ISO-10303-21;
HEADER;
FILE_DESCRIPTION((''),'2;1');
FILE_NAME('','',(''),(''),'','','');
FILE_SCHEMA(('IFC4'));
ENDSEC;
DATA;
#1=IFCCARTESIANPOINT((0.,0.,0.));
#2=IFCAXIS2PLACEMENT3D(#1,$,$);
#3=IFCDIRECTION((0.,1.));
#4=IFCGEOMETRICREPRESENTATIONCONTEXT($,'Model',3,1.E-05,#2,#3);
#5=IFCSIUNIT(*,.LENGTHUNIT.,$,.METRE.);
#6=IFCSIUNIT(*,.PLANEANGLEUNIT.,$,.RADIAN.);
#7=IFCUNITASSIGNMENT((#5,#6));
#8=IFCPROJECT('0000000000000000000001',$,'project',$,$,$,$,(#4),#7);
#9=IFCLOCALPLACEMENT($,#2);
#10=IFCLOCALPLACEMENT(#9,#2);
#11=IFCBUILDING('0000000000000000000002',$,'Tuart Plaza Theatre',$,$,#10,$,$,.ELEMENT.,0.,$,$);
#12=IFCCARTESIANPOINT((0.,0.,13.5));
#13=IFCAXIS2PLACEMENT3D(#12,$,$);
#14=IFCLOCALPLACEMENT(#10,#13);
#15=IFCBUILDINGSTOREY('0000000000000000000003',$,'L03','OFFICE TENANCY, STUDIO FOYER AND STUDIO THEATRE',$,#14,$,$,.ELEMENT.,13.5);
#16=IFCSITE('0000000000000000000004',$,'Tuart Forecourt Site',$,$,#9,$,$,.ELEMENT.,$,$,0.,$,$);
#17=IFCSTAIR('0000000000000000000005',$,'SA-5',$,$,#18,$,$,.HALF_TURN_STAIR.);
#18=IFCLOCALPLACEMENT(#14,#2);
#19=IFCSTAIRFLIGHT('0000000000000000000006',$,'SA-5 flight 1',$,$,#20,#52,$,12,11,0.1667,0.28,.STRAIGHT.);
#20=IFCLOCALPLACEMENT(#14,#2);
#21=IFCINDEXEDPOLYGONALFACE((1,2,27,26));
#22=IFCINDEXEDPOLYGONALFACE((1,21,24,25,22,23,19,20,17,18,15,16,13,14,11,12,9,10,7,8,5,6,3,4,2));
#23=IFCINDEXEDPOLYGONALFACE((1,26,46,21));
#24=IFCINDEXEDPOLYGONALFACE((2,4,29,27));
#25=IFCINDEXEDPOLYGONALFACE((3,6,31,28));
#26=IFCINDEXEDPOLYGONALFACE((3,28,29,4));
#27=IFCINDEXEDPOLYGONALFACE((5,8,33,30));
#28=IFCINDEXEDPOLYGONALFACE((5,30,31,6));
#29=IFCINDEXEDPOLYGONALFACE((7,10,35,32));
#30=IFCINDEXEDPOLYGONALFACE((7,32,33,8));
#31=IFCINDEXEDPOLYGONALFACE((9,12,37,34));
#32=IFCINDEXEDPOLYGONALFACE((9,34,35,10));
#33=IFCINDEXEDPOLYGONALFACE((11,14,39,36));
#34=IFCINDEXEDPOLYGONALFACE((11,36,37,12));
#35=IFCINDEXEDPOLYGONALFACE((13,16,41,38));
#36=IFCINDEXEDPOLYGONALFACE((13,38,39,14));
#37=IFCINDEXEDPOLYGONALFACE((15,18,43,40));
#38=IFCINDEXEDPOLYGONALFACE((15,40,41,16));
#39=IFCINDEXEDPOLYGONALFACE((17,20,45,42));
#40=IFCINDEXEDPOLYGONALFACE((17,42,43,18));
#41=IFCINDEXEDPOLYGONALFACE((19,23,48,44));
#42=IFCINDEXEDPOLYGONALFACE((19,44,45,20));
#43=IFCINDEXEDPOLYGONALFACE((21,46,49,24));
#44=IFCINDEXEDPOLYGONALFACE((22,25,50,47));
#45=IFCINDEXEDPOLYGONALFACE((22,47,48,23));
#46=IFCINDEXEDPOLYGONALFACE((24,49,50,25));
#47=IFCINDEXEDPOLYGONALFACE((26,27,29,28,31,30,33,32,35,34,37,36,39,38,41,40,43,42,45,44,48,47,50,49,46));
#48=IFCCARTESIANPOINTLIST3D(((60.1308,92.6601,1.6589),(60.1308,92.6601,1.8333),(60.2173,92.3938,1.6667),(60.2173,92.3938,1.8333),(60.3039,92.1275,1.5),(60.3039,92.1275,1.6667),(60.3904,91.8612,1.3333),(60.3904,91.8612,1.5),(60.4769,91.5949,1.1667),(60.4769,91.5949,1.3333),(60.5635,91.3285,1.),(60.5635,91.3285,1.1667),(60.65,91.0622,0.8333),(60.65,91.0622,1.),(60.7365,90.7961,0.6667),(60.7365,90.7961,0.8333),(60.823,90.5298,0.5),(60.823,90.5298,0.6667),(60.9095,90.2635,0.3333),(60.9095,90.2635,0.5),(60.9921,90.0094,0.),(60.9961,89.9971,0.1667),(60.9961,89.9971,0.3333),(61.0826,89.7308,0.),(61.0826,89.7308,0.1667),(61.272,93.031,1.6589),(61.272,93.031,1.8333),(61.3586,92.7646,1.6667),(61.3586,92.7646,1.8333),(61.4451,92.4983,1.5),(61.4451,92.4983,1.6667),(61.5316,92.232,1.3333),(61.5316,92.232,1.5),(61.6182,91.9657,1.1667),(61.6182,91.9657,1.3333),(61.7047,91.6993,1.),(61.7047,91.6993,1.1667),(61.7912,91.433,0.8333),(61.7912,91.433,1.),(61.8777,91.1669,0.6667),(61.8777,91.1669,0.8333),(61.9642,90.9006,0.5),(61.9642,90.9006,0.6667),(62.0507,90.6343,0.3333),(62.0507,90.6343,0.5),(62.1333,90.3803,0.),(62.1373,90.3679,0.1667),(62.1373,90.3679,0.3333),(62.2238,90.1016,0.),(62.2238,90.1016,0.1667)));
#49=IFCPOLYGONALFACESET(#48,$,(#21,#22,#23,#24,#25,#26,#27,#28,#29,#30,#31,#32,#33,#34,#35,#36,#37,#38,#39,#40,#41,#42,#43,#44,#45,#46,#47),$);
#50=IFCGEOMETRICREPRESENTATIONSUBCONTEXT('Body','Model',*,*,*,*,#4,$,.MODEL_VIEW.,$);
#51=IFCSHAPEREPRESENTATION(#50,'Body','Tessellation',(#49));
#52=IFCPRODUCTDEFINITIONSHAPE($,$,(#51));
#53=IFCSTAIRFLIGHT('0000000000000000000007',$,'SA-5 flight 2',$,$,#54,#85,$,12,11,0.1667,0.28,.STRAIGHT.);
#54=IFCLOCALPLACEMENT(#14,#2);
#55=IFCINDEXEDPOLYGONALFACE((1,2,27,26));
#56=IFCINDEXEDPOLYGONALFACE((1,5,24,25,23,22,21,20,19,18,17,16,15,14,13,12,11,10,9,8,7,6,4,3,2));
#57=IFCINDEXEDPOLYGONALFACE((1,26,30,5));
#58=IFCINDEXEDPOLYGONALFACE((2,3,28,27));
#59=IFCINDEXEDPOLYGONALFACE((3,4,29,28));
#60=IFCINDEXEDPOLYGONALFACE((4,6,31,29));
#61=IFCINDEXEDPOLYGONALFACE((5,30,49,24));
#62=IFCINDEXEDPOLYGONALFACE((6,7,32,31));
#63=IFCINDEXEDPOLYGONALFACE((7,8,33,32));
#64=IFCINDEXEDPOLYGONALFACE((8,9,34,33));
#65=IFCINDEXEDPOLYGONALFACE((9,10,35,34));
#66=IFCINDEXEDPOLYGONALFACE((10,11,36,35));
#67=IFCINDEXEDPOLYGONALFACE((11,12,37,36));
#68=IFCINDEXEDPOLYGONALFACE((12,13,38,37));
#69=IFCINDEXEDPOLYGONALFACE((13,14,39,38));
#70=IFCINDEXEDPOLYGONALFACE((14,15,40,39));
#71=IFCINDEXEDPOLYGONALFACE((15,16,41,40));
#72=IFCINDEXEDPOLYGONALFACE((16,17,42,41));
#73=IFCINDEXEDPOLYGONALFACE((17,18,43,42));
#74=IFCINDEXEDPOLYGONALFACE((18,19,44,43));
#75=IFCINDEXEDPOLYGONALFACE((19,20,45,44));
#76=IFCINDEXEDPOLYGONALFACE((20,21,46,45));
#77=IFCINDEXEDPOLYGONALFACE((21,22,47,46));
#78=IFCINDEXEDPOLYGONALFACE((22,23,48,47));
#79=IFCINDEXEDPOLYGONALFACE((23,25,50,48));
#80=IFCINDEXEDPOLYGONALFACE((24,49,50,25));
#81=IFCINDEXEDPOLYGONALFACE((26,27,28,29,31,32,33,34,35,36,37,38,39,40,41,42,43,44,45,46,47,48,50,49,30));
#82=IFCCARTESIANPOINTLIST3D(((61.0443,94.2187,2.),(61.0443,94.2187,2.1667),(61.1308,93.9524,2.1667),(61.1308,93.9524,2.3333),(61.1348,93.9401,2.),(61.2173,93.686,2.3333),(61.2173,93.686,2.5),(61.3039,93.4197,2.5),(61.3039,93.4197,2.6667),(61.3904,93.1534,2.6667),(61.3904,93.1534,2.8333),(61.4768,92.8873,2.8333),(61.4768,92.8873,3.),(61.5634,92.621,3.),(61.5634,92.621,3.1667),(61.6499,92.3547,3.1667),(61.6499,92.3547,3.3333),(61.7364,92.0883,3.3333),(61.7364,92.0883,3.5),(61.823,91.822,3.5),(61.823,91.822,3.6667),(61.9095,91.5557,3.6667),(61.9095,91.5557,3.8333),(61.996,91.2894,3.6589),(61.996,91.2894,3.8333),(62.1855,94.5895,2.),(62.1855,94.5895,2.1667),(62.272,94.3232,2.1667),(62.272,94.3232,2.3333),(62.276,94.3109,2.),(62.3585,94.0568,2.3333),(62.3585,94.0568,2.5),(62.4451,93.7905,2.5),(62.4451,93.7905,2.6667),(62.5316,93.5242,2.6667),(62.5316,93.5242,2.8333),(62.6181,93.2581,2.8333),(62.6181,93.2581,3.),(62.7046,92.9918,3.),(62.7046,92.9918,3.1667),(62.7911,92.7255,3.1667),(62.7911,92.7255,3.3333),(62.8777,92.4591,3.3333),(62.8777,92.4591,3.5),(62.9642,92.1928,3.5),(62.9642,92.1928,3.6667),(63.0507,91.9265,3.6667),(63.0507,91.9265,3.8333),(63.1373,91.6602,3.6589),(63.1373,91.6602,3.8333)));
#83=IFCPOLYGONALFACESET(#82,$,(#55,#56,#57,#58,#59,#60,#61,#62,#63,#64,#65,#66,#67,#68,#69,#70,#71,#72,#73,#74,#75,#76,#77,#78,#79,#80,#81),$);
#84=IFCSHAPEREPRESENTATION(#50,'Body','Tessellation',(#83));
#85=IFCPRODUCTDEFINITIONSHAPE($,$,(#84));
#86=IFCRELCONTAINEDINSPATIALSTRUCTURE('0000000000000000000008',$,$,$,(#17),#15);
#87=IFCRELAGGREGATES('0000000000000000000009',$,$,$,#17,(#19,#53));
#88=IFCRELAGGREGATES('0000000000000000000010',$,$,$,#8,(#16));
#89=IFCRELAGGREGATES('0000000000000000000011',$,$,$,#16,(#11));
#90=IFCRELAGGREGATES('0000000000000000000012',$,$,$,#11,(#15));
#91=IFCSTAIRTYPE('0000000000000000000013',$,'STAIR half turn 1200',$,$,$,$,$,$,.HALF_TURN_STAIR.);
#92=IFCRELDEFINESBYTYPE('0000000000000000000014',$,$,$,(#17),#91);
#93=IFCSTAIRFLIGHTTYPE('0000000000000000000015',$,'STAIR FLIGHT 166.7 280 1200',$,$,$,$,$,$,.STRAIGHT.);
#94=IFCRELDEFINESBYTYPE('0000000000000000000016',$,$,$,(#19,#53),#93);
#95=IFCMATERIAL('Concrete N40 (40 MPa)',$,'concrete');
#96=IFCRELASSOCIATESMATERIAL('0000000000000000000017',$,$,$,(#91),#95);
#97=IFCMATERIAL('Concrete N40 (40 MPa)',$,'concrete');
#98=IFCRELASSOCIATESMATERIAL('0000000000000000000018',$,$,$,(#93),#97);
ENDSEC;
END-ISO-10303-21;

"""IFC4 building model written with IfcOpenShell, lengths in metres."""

from ifc_helpers import new_model, si_unit, direction, frame, origin, place, context, subcontext, project, spatial, polyline, outline, extrude, material, type_object, element, aggregate, save


model = new_model("IFC4")

# Units and contexts
model_context = context("Model", 3, precision=1e-05, world=origin(), true_north=direction((0.0, 1.0)))
body_context = subcontext(model_context, "Body", "Model", "MODEL_VIEW")
ifc_project = project(units=[si_unit("LENGTHUNIT", "METRE"), si_unit("PLANEANGLEUNIT", "RADIAN")], contexts=[model_context])

# Site, building, storey
site_placement = place(None, origin())
site = spatial("IfcSite", under=ifc_project, at=site_placement, Name="Tuart Forecourt Site", CompositionType="ELEMENT", RefElevation=0.0)
building_placement = place(site_placement, origin())
building = spatial("IfcBuilding", under=site, at=building_placement, Name="Tuart Plaza Theatre", CompositionType="ELEMENT", ElevationOfRefHeight=0.0)
storey_placement = place(building_placement, frame((0.0, 0.0, 13.5)))
storey = spatial("IfcBuildingStorey", under=building, at=storey_placement, Name="L03", Description="OFFICE TENANCY, STUDIO FOYER AND STUDIO THEATRE", CompositionType="ELEMENT", Elevation=13.5)

# Stair, stair flights
ifc_material_1 = material(Name="Concrete N40 (40 MPa)", Category="concrete")
stair_type = type_object("IfcStairType", Name="STAIR half turn 1200", PredefinedType="HALF_TURN_STAIR", material=ifc_material_1)
stair_placement = place(storey_placement, origin())
stair = element("IfcStair", 1, at=stair_placement, inside=storey, type_object=stair_type, Name="SA-5", PredefinedType="HALF_TURN_STAIR")
ifc_material_2 = material(Name="Concrete N40 (40 MPa)", Category="concrete")
stair_flight_type = type_object("IfcStairFlightType", Name="STAIR FLIGHT 166.7 280 1200", PredefinedType="STRAIGHT", material=ifc_material_2)
stair_flight_1_placement = place(storey_placement, frame((61.6533, 89.9163, 0.0), z_axis=(0.0, 0.0, 1.0), x_axis=(-0.309017, 0.951057, 0.0)))
stair_flight_1 = element("IfcStairFlight", 2, at=stair_flight_1_placement, type_object=stair_flight_type, Name="SA-5 flight 1", NumberOfRisers=12, NumberOfTreads=11, PredefinedType="STRAIGHT", RiserHeight=0.1667, TreadLength=0.28, context=body_context, shape_type="SweptSolid", body=[
    extrude(outline(polyline([(0.0, 0.0), (0.0, 0.1667), (0.28, 0.1667), (0.28, 0.3333), (0.5601, 0.3333), (0.5601, 0.5), (0.8401, 0.5), (0.8401, 0.6667), (1.1201, 0.6667), (1.1201, 0.8333), (1.3999, 0.8333), (1.3999, 1.0), (1.6799, 1.0), (1.6799, 1.1667), (1.96, 1.1667), (1.96, 1.3333), (2.24, 1.3333), (2.24, 1.5), (2.52, 1.5), (2.52, 1.6667), (2.8, 1.6667), (2.8, 1.8333), (3.0801, 1.8333), (3.0801, 2.0), (3.0801, 1.6589), (0.293, 0.0), (0.0, 0.0)])), frame((0.0, 0.6001, 0.0), z_axis=(0.0, -1.0, 0.0), x_axis=(1.0, 0.0, 0.0)), (0.0, 0.0, 1.0), 1.2),
])
stair_flight_2_placement = place(storey_placement, frame((61.6147, 94.4041, 2.0), z_axis=(0.0, 0.0, 1.0), x_axis=(0.309017, -0.951057, 0.0)))
stair_flight_2 = element("IfcStairFlight", 3, at=stair_flight_2_placement, type_object=stair_flight_type, Name="SA-5 flight 2", NumberOfRisers=12, NumberOfTreads=11, PredefinedType="STRAIGHT", RiserHeight=0.1667, TreadLength=0.28, context=body_context, shape_type="SweptSolid", body=[
    extrude(outline(polyline([(0.0, 0.0), (0.0, 0.1667), (0.28, 0.1667), (0.28, 0.3333), (0.5601, 0.3333), (0.5601, 0.5), (0.8401, 0.5), (0.8401, 0.6667), (1.1201, 0.6667), (1.1201, 0.8333), (1.3999, 0.8333), (1.3999, 1.0), (1.6799, 1.0), (1.6799, 1.1667), (1.96, 1.1667), (1.96, 1.3333), (2.24, 1.3333), (2.24, 1.5), (2.52, 1.5), (2.52, 1.6667), (2.8, 1.6667), (2.8, 1.8333), (3.0801, 1.8333), (3.0801, 2.0), (3.0801, 1.6589), (0.293, 0.0), (0.0, 0.0)])), frame((0.0, 0.6001, 0.0), z_axis=(0.0, -1.0, 0.0), x_axis=(1.0, 0.0, 0.0)), (0.0, 0.0, 1.0), 1.2),
])
aggregate(stair, [stair_flight_1, stair_flight_2])

save(model, "model.ifc")
